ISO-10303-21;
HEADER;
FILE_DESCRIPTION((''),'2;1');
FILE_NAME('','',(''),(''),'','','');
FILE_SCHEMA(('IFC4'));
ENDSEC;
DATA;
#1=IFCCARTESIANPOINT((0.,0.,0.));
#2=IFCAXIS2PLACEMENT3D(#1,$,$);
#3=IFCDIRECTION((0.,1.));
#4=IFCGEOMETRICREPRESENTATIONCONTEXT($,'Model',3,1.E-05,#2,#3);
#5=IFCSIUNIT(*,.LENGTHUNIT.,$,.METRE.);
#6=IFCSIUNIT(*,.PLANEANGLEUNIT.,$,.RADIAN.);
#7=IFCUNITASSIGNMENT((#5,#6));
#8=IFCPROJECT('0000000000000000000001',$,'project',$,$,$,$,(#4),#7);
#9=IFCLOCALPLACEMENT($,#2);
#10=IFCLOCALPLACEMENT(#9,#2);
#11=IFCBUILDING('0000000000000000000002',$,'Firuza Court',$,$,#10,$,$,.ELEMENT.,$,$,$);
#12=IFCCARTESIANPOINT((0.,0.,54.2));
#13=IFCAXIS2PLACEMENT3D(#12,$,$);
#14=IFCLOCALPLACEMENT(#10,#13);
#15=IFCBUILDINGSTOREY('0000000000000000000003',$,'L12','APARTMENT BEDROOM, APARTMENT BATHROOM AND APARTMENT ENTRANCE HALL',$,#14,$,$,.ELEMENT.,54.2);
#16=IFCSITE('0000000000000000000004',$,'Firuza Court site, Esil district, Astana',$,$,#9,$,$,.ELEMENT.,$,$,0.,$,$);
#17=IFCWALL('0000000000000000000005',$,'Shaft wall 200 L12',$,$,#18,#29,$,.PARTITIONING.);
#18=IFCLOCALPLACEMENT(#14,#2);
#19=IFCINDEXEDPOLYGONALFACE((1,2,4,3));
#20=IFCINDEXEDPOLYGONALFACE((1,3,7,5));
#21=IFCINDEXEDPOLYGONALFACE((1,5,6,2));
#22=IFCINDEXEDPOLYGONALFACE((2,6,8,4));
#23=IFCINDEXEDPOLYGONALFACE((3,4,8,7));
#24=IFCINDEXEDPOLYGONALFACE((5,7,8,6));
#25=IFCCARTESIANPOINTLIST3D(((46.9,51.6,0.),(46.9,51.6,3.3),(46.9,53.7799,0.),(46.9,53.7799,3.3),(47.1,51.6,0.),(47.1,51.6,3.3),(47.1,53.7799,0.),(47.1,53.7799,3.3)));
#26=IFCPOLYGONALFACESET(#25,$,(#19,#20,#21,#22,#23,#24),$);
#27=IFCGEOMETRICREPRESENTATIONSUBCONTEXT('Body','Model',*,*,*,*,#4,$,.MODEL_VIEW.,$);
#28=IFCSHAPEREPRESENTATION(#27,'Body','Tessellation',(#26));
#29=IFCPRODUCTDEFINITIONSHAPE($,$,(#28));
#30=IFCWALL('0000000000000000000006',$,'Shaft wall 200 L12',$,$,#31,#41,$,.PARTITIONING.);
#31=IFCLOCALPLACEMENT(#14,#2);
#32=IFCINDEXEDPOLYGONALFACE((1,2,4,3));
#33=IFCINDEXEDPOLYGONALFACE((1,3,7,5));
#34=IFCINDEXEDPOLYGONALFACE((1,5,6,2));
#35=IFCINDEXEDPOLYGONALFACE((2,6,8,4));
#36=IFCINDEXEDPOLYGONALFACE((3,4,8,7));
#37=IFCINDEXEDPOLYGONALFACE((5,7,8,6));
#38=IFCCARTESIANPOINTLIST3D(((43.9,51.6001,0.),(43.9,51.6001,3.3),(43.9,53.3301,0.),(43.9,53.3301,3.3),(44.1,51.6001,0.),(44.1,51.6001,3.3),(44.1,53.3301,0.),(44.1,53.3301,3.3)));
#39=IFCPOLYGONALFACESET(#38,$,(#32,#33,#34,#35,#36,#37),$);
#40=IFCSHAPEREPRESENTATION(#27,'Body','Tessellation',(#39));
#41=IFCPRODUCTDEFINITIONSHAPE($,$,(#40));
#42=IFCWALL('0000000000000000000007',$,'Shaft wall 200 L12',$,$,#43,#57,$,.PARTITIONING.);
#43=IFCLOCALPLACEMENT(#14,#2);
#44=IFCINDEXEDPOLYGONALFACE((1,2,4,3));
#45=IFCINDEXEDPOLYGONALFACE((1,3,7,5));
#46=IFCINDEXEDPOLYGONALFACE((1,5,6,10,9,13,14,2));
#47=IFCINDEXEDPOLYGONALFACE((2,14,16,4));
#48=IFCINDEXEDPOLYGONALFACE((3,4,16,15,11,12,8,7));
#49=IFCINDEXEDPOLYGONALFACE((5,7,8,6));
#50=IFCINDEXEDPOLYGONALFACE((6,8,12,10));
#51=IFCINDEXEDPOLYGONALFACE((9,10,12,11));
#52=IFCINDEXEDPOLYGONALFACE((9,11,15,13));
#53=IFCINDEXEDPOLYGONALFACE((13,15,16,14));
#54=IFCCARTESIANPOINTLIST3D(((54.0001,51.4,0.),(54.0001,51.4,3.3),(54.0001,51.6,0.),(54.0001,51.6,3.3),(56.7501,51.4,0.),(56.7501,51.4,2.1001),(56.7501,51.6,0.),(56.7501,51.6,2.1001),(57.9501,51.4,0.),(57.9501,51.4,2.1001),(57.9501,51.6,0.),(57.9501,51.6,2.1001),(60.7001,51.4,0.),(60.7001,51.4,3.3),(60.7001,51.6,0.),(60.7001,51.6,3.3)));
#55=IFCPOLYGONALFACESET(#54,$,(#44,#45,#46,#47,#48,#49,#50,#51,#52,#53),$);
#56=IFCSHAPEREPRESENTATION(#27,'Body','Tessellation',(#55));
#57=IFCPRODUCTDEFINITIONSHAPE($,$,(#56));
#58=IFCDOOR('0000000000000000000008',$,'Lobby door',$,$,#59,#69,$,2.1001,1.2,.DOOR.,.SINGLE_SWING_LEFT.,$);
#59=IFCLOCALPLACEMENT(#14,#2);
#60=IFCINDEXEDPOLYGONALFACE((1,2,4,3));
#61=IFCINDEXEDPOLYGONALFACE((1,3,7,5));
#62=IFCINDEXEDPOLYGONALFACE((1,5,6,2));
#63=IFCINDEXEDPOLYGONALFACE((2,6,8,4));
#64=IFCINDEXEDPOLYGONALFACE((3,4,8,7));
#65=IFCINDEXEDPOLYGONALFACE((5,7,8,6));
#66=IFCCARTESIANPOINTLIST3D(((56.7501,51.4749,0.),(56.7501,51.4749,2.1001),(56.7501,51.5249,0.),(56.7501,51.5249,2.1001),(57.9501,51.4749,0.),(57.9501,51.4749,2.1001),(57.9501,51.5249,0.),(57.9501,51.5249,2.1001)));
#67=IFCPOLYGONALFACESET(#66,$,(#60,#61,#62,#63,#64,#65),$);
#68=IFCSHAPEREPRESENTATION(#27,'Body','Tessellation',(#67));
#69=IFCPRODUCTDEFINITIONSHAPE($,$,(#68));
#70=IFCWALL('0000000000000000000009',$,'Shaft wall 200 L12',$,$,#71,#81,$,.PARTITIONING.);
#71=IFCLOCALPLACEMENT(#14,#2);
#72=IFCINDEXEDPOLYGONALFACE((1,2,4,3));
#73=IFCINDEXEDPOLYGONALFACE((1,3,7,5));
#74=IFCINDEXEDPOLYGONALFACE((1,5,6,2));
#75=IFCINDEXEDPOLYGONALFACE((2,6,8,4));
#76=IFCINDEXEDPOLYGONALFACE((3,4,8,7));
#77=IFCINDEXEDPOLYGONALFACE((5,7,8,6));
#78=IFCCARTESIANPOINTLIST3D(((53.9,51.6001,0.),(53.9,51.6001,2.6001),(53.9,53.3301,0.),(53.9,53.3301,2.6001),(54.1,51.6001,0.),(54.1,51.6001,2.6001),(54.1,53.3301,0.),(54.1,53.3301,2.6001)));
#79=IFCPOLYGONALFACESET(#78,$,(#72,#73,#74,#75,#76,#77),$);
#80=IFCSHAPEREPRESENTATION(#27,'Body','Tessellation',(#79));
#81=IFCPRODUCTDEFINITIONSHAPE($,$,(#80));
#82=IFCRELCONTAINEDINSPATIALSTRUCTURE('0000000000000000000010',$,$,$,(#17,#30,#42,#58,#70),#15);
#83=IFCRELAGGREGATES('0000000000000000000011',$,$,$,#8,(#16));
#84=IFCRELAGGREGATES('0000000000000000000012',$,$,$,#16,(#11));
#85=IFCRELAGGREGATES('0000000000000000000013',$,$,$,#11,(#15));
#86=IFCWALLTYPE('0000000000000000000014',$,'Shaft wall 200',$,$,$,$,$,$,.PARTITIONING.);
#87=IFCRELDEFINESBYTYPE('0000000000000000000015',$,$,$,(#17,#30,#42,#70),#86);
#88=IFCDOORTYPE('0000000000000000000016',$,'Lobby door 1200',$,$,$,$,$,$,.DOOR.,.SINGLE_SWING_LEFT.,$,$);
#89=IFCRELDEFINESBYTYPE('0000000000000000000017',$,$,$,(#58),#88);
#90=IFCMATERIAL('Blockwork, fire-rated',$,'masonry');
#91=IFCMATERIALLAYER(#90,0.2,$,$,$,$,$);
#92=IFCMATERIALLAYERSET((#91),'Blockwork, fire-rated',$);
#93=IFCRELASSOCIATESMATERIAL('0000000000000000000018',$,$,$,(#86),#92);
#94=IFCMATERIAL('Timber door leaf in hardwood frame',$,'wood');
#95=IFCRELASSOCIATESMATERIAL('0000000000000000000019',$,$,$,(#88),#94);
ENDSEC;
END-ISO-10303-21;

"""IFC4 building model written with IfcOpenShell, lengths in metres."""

from ifc_helpers import new_model, si_unit, direction, frame, frame_2d, origin, place, context, subcontext, project, spatial, rectangle, extrude, material, layer, layer_set, type_object, element, fill, save


model = new_model("IFC4")

# Units and contexts
model_context = context("Model", 3, precision=1e-05, world=origin(), true_north=direction((0.0, 1.0)))
body_context = subcontext(model_context, "Body", "Model", "MODEL_VIEW")
ifc_project = project(units=[si_unit("LENGTHUNIT", "METRE"), si_unit("PLANEANGLEUNIT", "RADIAN")], contexts=[model_context])

# Site, building, storey
site_placement = place(None, origin())
site = spatial("IfcSite", under=ifc_project, at=site_placement, Name="Firuza Court site, Esil district, Astana", CompositionType="ELEMENT", RefElevation=0.0)
building_placement = place(site_placement, origin())
building = spatial("IfcBuilding", under=site, at=building_placement, Name="Firuza Court", CompositionType="ELEMENT")
storey_placement = place(building_placement, frame((0.0, 0.0, 54.2)))
storey = spatial("IfcBuildingStorey", under=building, at=storey_placement, Name="L12", Description="APARTMENT BEDROOM, APARTMENT BATHROOM AND APARTMENT ENTRANCE HALL", CompositionType="ELEMENT", Elevation=54.2)

# Shared definitions
ifc_material_1 = material(Name="Blockwork, fire-rated", Category="masonry")
ifc_layer_1 = layer(ifc_material_1, 0.2)
ifc_layer_set_1 = layer_set([ifc_layer_1], Name="Blockwork, fire-rated")
wall_type_1 = type_object("IfcWallType", Name="Shaft wall 200", PredefinedType="PARTITIONING", material=ifc_layer_set_1)
ifc_material_2 = material(Name="Timber door leaf in hardwood frame", Category="wood")
door_type_1 = type_object("IfcDoorType", Name="Lobby door 1200", OperationType="SINGLE_SWING_LEFT", PredefinedType="DOOR", material=ifc_material_2)

# Walls
for number, where, z_axis, x_axis, name in (
    (1, (47.0, 51.6001, 0.0), (0.0, 0.0, 1.0), (0.0, 1.0, 0.0), "Shaft wall 200 L12"),
):
    element("IfcWall", number, at=place(storey_placement, frame(where, z_axis=z_axis, x_axis=x_axis)), inside=storey, type_object=wall_type_1, Name=name, PredefinedType="PARTITIONING", context=body_context, shape_type="SweptSolid", body=[
        extrude(rectangle(XDim=2.1799, YDim=0.2, at=frame_2d((1.0898, 0.0))), origin(), (0.0, 0.0, 1.0), 3.3),
    ])
wall_1_placement = place(storey_placement, frame((44.0, 51.6001, 0.0), z_axis=(0.0, 0.0, 1.0), x_axis=(0.0, 1.0, 0.0)))
element("IfcWall", 2, at=wall_1_placement, inside=storey, type_object=wall_type_1, Name="Shaft wall 200 L12", PredefinedType="PARTITIONING", context=body_context, shape_type="SweptSolid", body=[
    extrude(rectangle(XDim=1.73, YDim=0.2, at=frame_2d((0.865, 0.0))), origin(), (0.0, 0.0, 1.0), 3.3),
])

# Wall, opening, door
wall_2_placement = place(storey_placement, frame((54.0, 51.5, 0.0), z_axis=(0.0, 0.0, 1.0), x_axis=(1.0, 0.0, 0.0)))
wall_2 = element("IfcWall", 3, at=wall_2_placement, inside=storey, type_object=wall_type_1, Name="Shaft wall 200 L12", PredefinedType="PARTITIONING", context=body_context, shape_type="SweptSolid", body=[
    extrude(rectangle(XDim=6.7, YDim=0.2, at=frame_2d((3.3501, 0.0))), origin(), (0.0, 0.0, 1.0), 3.3),
])
opening_1_placement = place(wall_2_placement, frame((2.75, 0.0, 0.0)))
opening_1 = element("IfcOpeningElement", 4, at=opening_1_placement, cuts=wall_2, PredefinedType="OPENING", context=body_context, shape_type="SweptSolid", body=[
    extrude(rectangle(XDim=1.2, YDim=2.1001, at=frame_2d((0.6001, 1.05))), frame((0.0, 0.1118, 0.0), z_axis=(0.0, -1.0, 0.0), x_axis=(1.0, 0.0, 0.0)), (0.0, 0.0, 1.0), 0.2239),
])
door_1_placement = place(opening_1_placement, origin())
door_1 = element("IfcDoor", 5, at=door_1_placement, inside=storey, type_object=door_type_1, Name="Lobby door", OperationType="SINGLE_SWING_LEFT", OverallHeight=2.1001, OverallWidth=1.2, PredefinedType="DOOR", context=body_context, shape_type="SweptSolid", body=[
    extrude(rectangle(XDim=1.2, YDim=2.1001, at=frame_2d((0.6001, 1.05))), frame((0.0, 0.0249, 0.0), z_axis=(0.0, -1.0, 0.0), x_axis=(1.0, 0.0, 0.0)), (0.0, 0.0, 1.0), 0.05),
])
fill(opening_1, door_1)

# Wall
wall_3_placement = place(storey_placement, frame((54.0, 51.6001, 0.0), z_axis=(0.0, 0.0, 1.0), x_axis=(0.0, 1.0, 0.0)))
element("IfcWall", 6, at=wall_3_placement, inside=storey, type_object=wall_type_1, Name="Shaft wall 200 L12", PredefinedType="PARTITIONING", context=body_context, shape_type="SweptSolid", body=[
    extrude(rectangle(XDim=1.73, YDim=0.2, at=frame_2d((0.865, 0.0))), origin(), (0.0, 0.0, 1.0), 2.6001),
])

save(model, "model.ifc")
